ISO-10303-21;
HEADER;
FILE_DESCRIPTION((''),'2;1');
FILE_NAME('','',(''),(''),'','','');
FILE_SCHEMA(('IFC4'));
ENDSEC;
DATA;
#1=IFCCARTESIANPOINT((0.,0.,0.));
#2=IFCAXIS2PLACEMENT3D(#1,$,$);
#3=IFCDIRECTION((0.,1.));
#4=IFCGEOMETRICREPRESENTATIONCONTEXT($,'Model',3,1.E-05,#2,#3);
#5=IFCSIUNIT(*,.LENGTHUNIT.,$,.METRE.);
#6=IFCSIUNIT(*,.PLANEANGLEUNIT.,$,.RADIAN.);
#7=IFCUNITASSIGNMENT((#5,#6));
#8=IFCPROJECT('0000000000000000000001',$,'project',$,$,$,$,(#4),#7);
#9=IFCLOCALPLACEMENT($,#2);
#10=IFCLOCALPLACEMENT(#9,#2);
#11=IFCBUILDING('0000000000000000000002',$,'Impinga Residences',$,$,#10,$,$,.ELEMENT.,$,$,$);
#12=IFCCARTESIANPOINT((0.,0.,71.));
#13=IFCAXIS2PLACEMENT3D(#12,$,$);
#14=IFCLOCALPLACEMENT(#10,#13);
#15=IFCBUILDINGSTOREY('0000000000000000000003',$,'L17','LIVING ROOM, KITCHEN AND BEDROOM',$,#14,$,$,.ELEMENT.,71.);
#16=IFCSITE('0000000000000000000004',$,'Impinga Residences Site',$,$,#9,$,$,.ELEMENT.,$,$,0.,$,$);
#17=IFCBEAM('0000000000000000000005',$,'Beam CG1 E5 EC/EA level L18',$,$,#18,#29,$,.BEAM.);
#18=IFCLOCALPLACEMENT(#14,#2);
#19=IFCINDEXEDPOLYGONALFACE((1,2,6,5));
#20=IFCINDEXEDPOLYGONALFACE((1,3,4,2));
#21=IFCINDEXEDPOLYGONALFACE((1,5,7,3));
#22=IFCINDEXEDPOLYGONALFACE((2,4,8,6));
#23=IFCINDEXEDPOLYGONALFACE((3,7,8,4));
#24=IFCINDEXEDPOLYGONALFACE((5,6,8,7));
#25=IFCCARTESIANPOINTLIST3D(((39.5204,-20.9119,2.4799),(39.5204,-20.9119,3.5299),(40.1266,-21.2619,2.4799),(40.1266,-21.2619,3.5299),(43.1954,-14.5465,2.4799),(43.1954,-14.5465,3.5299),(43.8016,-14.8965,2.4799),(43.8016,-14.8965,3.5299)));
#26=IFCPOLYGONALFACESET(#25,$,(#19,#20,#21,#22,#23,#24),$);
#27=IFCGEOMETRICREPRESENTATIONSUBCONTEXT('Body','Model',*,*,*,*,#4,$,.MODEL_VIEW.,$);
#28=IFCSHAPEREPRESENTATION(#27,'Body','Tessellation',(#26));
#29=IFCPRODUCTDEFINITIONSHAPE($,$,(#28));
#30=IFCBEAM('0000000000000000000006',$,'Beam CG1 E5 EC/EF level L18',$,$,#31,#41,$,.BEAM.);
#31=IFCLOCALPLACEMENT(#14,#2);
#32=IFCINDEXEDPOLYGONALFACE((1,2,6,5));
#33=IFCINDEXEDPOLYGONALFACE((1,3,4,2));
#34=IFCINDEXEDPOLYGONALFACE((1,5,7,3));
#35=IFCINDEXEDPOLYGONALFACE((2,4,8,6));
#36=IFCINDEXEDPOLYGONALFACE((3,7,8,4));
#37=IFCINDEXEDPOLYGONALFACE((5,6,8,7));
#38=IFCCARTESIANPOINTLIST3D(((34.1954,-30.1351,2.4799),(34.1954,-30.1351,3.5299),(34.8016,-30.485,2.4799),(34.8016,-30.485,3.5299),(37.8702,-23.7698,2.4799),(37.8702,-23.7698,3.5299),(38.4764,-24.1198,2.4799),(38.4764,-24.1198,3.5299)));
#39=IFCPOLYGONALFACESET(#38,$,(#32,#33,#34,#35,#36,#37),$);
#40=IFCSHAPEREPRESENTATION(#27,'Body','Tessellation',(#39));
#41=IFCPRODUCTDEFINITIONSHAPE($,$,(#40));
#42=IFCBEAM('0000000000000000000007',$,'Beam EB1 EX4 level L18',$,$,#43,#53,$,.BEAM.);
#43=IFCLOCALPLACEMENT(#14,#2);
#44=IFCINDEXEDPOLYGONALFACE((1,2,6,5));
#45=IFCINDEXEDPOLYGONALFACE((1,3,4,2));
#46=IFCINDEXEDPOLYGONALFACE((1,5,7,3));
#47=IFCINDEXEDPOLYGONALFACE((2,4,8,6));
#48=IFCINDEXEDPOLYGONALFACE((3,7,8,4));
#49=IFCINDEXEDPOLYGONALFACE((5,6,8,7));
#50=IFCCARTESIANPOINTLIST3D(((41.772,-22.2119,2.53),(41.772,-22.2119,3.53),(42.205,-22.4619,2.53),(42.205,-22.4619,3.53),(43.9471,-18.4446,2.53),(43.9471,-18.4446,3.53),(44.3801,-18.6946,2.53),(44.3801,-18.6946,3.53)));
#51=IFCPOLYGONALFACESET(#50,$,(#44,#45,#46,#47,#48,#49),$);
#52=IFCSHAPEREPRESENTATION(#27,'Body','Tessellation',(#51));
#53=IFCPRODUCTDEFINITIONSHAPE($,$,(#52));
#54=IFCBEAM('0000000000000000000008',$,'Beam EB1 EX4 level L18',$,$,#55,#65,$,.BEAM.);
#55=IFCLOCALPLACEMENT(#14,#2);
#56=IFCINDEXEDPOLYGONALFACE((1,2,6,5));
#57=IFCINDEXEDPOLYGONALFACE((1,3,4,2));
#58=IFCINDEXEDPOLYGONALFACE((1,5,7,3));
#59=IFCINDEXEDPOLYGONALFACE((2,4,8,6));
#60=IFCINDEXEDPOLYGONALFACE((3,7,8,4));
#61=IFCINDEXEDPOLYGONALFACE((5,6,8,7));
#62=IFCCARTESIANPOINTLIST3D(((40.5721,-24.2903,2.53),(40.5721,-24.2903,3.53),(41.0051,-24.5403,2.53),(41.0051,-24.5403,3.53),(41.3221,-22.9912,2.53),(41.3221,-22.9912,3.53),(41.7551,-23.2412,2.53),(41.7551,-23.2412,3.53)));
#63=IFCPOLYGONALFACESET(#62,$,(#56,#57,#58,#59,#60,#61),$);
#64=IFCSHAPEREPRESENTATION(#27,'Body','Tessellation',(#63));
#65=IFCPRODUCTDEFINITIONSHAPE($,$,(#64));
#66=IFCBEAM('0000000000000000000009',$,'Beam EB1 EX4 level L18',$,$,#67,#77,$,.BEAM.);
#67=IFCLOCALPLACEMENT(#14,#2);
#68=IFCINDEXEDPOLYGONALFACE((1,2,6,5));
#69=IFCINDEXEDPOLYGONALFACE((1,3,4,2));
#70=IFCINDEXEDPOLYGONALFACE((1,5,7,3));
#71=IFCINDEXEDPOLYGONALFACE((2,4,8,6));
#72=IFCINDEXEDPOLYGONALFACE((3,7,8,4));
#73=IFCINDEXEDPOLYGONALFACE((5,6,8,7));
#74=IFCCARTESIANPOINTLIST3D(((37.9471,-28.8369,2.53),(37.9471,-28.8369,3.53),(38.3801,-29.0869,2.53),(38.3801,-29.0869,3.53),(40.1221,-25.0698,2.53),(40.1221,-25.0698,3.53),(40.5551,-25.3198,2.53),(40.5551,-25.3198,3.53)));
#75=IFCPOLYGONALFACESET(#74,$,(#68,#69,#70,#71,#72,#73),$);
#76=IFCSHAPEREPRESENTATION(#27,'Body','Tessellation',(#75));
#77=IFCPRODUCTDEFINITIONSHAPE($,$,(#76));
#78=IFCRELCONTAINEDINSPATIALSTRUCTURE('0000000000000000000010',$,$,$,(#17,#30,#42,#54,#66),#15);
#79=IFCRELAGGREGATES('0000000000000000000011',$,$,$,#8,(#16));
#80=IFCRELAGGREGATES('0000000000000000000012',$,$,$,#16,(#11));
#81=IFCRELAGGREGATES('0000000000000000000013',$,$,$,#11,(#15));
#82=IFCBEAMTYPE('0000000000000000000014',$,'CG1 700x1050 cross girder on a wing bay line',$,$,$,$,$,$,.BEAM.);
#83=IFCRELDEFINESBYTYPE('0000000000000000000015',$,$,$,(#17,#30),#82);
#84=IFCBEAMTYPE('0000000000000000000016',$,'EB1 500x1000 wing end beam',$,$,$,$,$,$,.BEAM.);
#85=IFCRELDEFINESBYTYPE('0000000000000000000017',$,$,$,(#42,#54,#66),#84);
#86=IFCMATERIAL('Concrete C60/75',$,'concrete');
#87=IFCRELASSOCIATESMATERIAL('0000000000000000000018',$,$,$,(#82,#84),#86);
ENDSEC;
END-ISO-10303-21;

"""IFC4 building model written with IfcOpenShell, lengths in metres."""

from ifc_helpers import new_model, si_unit, direction, frame, origin, origin_2d, place, context, subcontext, project, spatial, rectangle, extrude, material, material_profile, profile_set, type_object, element, save


model = new_model("IFC4")

# Units and contexts
model_context = context("Model", 3, precision=1e-05, world=origin(), true_north=direction((0.0, 1.0)))
body_context = subcontext(model_context, "Body", "Model", "MODEL_VIEW")
ifc_project = project(units=[si_unit("LENGTHUNIT", "METRE"), si_unit("PLANEANGLEUNIT", "RADIAN")], contexts=[model_context])

# Site, building, storey
site_placement = place(None, origin())
site = spatial("IfcSite", under=ifc_project, at=site_placement, Name="Impinga Residences Site", CompositionType="ELEMENT", RefElevation=0.0)
building_placement = place(site_placement, origin())
building = spatial("IfcBuilding", under=site, at=building_placement, Name="Impinga Residences", CompositionType="ELEMENT")
storey_placement = place(building_placement, frame((0.0, 0.0, 71.0)))
storey = spatial("IfcBuildingStorey", under=building, at=storey_placement, Name="L17", Description="LIVING ROOM, KITCHEN AND BEDROOM", CompositionType="ELEMENT", Elevation=71.0)

# Beams
ifc_material_1 = material(Name="Concrete C60/75", Category="concrete")
ifc_material_profile_1 = material_profile(ifc_material_1, rectangle(XDim=0.7, YDim=1.05, at=origin_2d()), Name="RC 700x1050")
ifc_profile_set_1 = profile_set([ifc_material_profile_1], Name="Concrete C60/75")
beam_type_1 = type_object("IfcBeamType", Name="CG1 700x1050 cross girder on a wing bay line", PredefinedType="BEAM", material=ifc_profile_set_1)
beam_1_placement = place(storey_placement, frame((39.8235, -21.0869, 3.0049), z_axis=(0.499994, 0.866029, 0.0), x_axis=(-0.866029, 0.499994, 0.0)))
element("IfcBeam", 1, at=beam_1_placement, inside=storey, type_object=beam_type_1, Name="Beam CG1 E5 EC/EA level L18", PredefinedType="BEAM", context=body_context, shape_type="SweptSolid", body=[
    extrude(rectangle(XDim=0.7, YDim=1.05, at=origin_2d()), origin(), (0.0, 0.0, 1.0), 7.3501),
])
beam_2_placement = place(storey_placement, frame((38.1733, -23.9448, 3.0049), z_axis=(-0.499983, -0.866035, 0.0), x_axis=(0.866035, -0.499983, 0.0)))
element("IfcBeam", 2, at=beam_2_placement, inside=storey, type_object=beam_type_1, Name="Beam CG1 E5 EC/EF level L18", PredefinedType="BEAM", context=body_context, shape_type="SweptSolid", body=[
    extrude(rectangle(XDim=0.7, YDim=1.05, at=origin_2d()), origin(), (0.0, 0.0, 1.0), 7.3499),
])
ifc_material_profile_2 = material_profile(ifc_material_1, rectangle(XDim=0.5, YDim=1.0, at=origin_2d()), Name="RC 500x1000")
ifc_profile_set_2 = profile_set([ifc_material_profile_2], Name="Concrete C60/75")
beam_type_2 = type_object("IfcBeamType", Name="EB1 500x1000 wing end beam", PredefinedType="BEAM", material=ifc_profile_set_2)
beam_3_placement = place(storey_placement, frame((44.1636, -18.5696, 3.03), z_axis=(-0.499996, -0.866028, 0.0), x_axis=(0.866028, -0.499996, 0.0)))
element("IfcBeam", 3, at=beam_3_placement, inside=storey, type_object=beam_type_2, Name="Beam EB1 EX4 level L18", PredefinedType="BEAM", context=body_context, shape_type="SweptSolid", body=[
    extrude(rectangle(XDim=0.5, YDim=1.0, at=origin_2d()), origin(), (0.0, 0.0, 1.0), 4.3501),
])
beam_4_placement = place(storey_placement, frame((41.5386, -23.1162, 3.03), z_axis=(-0.49999, -0.866031, 0.0), x_axis=(0.866031, -0.49999, 0.0)))
element("IfcBeam", 4, at=beam_4_placement, inside=storey, type_object=beam_type_2, Name="Beam EB1 EX4 level L18", PredefinedType="BEAM", context=body_context, shape_type="SweptSolid", body=[
    extrude(rectangle(XDim=0.5, YDim=1.0, at=origin_2d()), origin(), (0.0, 0.0, 1.0), 1.5),
])
beam_5_placement = place(storey_placement, frame((40.3386, -25.1948, 3.03), z_axis=(-0.50002, -0.866014, 0.0), x_axis=(0.866014, -0.50002, 0.0)))
element("IfcBeam", 5, at=beam_5_placement, inside=storey, type_object=beam_type_2, Name="Beam EB1 EX4 level L18", PredefinedType="BEAM", context=body_context, shape_type="SweptSolid", body=[
    extrude(rectangle(XDim=0.5, YDim=1.0, at=origin_2d()), origin(), (0.0, 0.0, 1.0), 4.3499),
])

save(model, "model.ifc")
